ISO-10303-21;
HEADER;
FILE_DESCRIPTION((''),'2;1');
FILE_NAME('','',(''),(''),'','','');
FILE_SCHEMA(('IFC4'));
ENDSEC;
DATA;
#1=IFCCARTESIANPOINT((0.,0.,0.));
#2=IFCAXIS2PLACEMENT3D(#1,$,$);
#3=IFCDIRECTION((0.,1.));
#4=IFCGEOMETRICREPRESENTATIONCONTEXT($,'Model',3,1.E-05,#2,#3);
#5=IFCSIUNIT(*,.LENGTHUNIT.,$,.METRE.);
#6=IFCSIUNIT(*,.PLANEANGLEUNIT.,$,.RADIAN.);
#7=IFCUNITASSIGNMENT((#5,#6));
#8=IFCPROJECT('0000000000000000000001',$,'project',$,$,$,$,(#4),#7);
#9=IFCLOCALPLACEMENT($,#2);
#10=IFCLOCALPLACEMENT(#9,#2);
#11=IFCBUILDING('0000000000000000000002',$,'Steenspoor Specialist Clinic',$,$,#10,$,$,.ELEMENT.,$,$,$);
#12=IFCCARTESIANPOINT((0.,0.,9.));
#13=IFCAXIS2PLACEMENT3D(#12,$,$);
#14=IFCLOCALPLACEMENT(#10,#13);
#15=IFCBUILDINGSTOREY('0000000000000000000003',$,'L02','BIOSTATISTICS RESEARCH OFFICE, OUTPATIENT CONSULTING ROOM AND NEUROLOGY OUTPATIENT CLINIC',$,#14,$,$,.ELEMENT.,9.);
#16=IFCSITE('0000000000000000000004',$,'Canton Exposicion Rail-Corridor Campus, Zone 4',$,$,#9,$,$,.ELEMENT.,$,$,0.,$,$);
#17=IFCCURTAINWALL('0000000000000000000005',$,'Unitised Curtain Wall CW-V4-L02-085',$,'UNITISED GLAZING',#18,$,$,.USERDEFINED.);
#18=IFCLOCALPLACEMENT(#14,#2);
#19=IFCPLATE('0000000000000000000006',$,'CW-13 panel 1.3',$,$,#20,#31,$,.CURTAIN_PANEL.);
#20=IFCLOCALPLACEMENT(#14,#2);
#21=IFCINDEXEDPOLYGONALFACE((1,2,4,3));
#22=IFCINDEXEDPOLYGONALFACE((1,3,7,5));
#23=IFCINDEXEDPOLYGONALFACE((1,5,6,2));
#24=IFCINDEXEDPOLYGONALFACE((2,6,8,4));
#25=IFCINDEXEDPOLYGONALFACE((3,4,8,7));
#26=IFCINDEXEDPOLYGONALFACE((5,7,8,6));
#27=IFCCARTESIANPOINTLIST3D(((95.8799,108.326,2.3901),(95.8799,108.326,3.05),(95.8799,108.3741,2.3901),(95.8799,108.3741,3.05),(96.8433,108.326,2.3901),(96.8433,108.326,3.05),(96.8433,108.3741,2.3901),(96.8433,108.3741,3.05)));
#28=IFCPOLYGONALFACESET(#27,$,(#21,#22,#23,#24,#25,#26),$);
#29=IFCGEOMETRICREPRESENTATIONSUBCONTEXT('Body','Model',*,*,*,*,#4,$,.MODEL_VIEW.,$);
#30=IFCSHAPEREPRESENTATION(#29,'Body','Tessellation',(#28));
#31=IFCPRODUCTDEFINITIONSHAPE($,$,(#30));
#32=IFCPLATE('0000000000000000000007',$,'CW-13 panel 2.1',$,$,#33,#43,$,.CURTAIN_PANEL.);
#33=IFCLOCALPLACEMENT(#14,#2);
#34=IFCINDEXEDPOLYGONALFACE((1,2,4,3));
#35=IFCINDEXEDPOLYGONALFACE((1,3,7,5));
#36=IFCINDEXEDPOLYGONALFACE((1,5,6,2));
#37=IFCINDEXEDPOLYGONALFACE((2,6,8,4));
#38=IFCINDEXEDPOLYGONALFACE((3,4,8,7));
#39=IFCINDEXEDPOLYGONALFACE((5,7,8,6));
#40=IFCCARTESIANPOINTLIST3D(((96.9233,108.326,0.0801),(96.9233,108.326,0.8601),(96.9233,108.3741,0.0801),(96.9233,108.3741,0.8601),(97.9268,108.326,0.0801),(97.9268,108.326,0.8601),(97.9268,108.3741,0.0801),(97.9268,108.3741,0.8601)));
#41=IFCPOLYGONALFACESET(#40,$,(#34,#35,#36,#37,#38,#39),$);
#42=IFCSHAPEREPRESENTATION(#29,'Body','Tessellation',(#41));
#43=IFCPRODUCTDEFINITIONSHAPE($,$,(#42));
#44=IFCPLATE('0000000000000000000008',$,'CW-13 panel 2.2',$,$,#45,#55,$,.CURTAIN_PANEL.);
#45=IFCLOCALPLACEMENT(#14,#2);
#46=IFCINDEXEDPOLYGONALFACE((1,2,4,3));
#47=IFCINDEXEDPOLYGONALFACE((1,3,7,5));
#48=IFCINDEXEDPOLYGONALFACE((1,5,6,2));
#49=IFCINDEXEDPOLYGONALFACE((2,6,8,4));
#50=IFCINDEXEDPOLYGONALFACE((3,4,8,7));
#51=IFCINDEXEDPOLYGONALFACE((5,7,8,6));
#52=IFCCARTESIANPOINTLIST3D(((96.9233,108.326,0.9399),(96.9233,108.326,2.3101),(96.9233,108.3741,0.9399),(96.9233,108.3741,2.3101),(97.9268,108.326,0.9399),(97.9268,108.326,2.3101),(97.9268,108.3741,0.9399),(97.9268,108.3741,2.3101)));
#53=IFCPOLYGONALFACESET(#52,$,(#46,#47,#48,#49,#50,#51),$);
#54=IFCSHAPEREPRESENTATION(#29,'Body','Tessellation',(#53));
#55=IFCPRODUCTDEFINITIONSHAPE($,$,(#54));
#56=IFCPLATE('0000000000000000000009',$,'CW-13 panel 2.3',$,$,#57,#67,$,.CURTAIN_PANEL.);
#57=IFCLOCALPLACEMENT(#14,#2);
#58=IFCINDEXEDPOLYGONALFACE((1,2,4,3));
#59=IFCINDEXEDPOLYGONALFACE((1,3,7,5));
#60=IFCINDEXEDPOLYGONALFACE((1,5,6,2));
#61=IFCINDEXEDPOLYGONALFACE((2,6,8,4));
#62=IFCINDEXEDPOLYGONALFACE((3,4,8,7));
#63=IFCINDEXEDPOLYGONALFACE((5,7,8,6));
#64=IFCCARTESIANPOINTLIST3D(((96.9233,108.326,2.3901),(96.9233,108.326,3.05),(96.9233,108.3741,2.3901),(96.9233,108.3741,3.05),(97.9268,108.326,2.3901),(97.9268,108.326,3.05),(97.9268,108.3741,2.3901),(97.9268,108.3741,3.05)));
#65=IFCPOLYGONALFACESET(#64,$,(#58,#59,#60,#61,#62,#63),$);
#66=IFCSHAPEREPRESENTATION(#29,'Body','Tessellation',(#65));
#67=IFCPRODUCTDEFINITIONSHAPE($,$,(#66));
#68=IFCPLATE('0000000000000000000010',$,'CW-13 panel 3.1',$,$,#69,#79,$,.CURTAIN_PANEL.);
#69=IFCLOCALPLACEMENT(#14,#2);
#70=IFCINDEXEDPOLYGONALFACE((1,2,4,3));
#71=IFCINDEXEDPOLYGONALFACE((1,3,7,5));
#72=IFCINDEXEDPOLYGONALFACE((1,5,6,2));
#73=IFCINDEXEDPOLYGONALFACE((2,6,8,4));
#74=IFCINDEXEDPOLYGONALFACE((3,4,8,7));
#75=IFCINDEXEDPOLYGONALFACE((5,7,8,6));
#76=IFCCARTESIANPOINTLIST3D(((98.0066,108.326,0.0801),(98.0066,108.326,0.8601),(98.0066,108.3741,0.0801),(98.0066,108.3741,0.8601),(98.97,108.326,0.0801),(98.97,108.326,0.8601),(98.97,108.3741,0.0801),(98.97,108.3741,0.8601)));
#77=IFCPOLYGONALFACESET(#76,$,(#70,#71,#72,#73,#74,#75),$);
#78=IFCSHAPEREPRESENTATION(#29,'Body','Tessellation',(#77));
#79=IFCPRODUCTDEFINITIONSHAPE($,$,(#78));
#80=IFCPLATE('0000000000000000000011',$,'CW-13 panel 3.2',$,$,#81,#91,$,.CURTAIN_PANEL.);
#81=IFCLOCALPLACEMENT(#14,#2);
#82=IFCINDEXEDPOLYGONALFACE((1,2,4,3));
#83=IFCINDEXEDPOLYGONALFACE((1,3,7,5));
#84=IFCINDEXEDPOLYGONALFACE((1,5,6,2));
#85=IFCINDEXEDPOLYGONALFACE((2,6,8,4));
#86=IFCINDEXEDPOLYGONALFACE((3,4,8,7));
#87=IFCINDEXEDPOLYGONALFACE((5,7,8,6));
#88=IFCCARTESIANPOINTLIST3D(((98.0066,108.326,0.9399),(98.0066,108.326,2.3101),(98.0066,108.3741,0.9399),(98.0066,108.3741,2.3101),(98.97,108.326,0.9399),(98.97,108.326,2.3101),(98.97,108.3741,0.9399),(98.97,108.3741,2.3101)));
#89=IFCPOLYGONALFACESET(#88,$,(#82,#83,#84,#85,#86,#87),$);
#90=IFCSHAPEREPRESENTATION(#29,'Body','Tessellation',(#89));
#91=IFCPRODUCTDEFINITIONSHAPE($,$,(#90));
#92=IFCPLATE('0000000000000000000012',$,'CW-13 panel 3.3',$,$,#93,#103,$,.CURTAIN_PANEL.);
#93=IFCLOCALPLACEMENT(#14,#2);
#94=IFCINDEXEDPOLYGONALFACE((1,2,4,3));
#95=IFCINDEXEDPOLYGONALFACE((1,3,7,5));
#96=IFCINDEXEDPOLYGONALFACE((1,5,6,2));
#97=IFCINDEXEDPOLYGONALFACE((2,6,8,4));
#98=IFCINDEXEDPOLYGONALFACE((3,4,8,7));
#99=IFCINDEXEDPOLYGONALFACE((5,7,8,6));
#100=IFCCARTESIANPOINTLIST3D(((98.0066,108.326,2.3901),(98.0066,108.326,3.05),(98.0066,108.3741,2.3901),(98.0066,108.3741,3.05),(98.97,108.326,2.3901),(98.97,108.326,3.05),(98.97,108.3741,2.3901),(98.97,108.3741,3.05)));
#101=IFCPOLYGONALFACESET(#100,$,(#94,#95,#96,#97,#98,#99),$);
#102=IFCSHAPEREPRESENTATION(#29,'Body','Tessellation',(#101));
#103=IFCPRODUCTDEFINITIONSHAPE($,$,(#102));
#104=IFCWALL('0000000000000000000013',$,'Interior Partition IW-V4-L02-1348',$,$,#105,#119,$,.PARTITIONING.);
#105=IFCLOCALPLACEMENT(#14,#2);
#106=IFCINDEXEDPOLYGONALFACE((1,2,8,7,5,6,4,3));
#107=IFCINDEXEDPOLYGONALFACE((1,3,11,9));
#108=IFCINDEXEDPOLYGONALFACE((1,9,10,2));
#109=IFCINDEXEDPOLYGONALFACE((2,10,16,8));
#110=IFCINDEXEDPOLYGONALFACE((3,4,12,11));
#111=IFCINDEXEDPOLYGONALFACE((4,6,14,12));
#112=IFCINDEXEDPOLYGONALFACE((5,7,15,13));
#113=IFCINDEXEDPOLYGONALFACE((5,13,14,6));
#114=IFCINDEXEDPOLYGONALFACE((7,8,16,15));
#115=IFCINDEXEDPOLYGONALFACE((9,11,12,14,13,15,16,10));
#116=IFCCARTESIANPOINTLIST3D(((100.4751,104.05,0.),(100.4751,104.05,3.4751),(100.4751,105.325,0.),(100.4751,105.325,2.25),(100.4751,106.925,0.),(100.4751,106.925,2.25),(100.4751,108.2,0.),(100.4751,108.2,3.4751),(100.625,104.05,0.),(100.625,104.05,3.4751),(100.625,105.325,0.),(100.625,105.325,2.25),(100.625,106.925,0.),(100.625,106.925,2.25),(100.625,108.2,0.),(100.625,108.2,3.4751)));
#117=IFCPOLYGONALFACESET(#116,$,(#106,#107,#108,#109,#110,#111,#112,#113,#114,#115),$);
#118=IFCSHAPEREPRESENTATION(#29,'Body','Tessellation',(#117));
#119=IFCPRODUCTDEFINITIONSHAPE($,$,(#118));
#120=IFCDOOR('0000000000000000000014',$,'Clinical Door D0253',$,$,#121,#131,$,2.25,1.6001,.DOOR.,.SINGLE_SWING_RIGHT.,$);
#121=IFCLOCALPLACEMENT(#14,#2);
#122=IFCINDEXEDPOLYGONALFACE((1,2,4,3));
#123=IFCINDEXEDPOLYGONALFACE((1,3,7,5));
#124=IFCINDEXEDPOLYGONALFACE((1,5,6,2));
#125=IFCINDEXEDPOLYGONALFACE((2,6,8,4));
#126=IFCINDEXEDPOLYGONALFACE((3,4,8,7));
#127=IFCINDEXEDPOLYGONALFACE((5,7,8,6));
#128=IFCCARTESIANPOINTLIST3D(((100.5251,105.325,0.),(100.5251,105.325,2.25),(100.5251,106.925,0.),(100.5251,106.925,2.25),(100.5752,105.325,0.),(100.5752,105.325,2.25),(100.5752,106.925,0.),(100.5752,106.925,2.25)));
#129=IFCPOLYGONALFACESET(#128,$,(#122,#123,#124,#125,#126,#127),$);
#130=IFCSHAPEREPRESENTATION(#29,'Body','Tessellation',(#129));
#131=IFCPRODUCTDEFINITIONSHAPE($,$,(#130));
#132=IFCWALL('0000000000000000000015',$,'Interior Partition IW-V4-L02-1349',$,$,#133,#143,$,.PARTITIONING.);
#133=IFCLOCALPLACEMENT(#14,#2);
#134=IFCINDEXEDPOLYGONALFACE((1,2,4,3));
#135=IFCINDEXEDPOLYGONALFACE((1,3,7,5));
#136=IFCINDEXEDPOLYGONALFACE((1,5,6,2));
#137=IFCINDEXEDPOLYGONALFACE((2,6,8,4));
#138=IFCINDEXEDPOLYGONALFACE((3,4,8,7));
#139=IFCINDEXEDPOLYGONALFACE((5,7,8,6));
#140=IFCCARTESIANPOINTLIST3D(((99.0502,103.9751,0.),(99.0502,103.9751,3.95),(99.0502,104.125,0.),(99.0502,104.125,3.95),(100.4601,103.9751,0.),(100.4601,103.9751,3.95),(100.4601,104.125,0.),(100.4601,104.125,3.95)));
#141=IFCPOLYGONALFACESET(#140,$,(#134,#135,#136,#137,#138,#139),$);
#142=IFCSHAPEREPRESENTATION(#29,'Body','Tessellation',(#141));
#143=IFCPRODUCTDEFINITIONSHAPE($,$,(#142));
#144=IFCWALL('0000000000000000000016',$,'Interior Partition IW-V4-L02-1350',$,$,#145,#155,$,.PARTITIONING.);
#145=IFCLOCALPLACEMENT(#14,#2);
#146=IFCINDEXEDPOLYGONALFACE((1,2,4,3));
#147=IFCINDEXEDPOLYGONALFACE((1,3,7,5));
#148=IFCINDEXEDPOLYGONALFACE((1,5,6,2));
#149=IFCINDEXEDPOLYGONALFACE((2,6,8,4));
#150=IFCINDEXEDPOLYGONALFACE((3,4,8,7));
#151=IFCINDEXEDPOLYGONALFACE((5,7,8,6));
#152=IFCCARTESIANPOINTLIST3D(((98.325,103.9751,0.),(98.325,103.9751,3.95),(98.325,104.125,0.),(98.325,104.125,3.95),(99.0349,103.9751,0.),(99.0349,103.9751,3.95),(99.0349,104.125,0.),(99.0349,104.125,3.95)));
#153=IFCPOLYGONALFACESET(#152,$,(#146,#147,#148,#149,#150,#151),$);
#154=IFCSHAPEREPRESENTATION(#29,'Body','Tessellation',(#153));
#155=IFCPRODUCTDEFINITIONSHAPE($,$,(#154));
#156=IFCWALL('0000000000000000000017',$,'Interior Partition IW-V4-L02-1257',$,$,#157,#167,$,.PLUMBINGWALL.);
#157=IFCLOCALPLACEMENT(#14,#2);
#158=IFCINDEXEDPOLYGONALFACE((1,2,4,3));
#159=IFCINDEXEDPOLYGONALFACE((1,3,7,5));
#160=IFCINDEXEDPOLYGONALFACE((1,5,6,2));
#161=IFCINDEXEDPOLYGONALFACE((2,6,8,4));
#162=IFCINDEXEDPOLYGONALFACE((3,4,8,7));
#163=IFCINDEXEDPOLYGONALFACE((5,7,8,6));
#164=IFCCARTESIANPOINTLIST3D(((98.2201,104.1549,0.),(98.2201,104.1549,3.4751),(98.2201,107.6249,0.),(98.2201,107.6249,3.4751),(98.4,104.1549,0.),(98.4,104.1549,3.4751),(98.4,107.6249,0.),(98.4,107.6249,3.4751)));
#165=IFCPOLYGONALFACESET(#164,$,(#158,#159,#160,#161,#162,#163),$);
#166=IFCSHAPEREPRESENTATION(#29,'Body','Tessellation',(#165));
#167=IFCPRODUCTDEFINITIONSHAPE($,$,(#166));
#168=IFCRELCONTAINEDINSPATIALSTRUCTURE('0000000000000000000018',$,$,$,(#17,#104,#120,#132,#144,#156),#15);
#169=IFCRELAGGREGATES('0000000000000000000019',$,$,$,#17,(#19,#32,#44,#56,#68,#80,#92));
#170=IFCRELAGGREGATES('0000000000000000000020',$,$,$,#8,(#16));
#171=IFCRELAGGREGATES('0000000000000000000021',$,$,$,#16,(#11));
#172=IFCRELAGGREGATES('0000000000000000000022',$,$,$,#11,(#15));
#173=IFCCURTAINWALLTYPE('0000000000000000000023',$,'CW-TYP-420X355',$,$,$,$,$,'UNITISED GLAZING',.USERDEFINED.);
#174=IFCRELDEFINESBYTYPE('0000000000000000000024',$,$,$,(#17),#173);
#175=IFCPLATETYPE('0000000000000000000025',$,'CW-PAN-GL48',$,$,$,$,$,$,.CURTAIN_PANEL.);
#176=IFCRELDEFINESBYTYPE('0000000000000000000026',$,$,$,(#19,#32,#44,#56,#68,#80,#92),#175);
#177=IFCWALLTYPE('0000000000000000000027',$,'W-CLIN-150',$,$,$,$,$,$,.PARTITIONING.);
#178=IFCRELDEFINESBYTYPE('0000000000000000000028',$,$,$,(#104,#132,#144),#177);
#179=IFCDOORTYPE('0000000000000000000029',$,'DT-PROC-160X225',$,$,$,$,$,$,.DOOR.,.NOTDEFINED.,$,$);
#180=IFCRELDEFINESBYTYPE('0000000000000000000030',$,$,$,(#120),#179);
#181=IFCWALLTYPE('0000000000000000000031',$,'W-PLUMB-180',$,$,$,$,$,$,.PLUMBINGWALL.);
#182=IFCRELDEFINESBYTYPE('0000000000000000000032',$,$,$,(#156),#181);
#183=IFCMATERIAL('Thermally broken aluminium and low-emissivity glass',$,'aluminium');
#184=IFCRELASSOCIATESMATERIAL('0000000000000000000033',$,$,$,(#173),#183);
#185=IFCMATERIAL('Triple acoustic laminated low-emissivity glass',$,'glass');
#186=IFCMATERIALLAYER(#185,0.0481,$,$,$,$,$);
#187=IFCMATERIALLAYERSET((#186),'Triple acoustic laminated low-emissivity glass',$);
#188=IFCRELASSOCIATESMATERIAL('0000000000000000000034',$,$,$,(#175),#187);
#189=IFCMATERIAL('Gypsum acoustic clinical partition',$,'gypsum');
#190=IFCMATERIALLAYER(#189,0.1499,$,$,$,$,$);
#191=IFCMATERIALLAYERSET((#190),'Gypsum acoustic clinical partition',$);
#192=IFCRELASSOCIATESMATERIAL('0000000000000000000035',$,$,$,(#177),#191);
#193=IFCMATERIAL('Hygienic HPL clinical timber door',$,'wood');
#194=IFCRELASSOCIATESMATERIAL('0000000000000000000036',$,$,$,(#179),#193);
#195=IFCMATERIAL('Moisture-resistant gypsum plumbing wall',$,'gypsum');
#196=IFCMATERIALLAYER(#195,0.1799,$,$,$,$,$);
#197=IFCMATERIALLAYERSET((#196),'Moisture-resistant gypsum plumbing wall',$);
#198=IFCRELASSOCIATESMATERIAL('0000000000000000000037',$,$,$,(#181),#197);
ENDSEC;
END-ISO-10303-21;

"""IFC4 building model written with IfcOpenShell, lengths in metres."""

from ifc_helpers import new_model, si_unit, direction, frame, frame_2d, origin, origin_2d, place, context, subcontext, project, spatial, rectangle, extrude, material, layer, layer_set, type_object, element, fill, aggregate, save


model = new_model("IFC4")

# Units and contexts
model_context = context("Model", 3, precision=1e-05, world=origin(), true_north=direction((0.0, 1.0)))
body_context = subcontext(model_context, "Body", "Model", "MODEL_VIEW")
ifc_project = project(units=[si_unit("LENGTHUNIT", "METRE"), si_unit("PLANEANGLEUNIT", "RADIAN")], contexts=[model_context])

# Site, building, storey
site_placement = place(None, origin())
site = spatial("IfcSite", under=ifc_project, at=site_placement, Name="Canton Exposicion Rail-Corridor Campus, Zone 4", CompositionType="ELEMENT", RefElevation=0.0)
building_placement = place(site_placement, origin())
building = spatial("IfcBuilding", under=site, at=building_placement, Name="Steenspoor Specialist Clinic", CompositionType="ELEMENT")
storey_placement = place(building_placement, frame((0.0, 0.0, 9.0)))
storey = spatial("IfcBuildingStorey", under=building, at=storey_placement, Name="L02", Description="BIOSTATISTICS RESEARCH OFFICE, OUTPATIENT CONSULTING ROOM AND NEUROLOGY OUTPATIENT CLINIC", CompositionType="ELEMENT", Elevation=9.0)

# Curtain wall, plates
ifc_material_1 = material(Name="Thermally broken aluminium and low-emissivity glass", Category="aluminium")
curtain_wall_type = type_object("IfcCurtainWallType", Name="CW-TYP-420X355", ElementType="UNITISED GLAZING", PredefinedType="USERDEFINED", material=ifc_material_1)
curtain_wall_placement = place(storey_placement, origin())
curtain_wall = element("IfcCurtainWall", 1, at=curtain_wall_placement, inside=storey, type_object=curtain_wall_type, Name="Unitised Curtain Wall CW-V4-L02-085", ObjectType="UNITISED GLAZING", PredefinedType="USERDEFINED")
ifc_material_2 = material(Name="Triple acoustic laminated low-emissivity glass", Category="glass")
ifc_layer_1 = layer(ifc_material_2, 0.0481)
ifc_layer_set_1 = layer_set([ifc_layer_1], Name="Triple acoustic laminated low-emissivity glass")
plate_type = type_object("IfcPlateType", Name="CW-PAN-GL48", PredefinedType="CURTAIN_PANEL", material=ifc_layer_set_1)
plate_1_placement = place(storey_placement, frame((96.3616, 108.3501, 2.3901), z_axis=(0.0, 0.0, 1.0), x_axis=(1.0, 0.0, 0.0)))
plate_1 = element("IfcPlate", 2, at=plate_1_placement, type_object=plate_type, Name="CW-13 panel 1.3", PredefinedType="CURTAIN_PANEL", context=body_context, shape_type="SweptSolid", body=[
    extrude(rectangle(XDim=0.9634, YDim=0.0481, at=origin_2d()), origin(), (0.0, 0.0, 1.0), 0.6599),
])
plate_2_placement = place(storey_placement, frame((97.425, 108.3501, 0.0801), z_axis=(0.0, 0.0, 1.0), x_axis=(1.0, 0.0, 0.0)))
plate_2 = element("IfcPlate", 3, at=plate_2_placement, type_object=plate_type, Name="CW-13 panel 2.1", PredefinedType="CURTAIN_PANEL", context=body_context, shape_type="SweptSolid", body=[
    extrude(rectangle(XDim=1.0034, YDim=0.0481, at=origin_2d()), origin(), (0.0, 0.0, 1.0), 0.78),
])
plate_3_placement = place(storey_placement, frame((97.425, 108.3501, 0.9399), z_axis=(0.0, 0.0, 1.0), x_axis=(1.0, 0.0, 0.0)))
plate_3 = element("IfcPlate", 4, at=plate_3_placement, type_object=plate_type, Name="CW-13 panel 2.2", PredefinedType="CURTAIN_PANEL", context=body_context, shape_type="SweptSolid", body=[
    extrude(rectangle(XDim=1.0034, YDim=0.0481, at=origin_2d()), origin(), (0.0, 0.0, 1.0), 1.3701),
])
plate_4_placement = place(storey_placement, frame((97.425, 108.3501, 2.3901), z_axis=(0.0, 0.0, 1.0), x_axis=(1.0, 0.0, 0.0)))
plate_4 = element("IfcPlate", 5, at=plate_4_placement, type_object=plate_type, Name="CW-13 panel 2.3", PredefinedType="CURTAIN_PANEL", context=body_context, shape_type="SweptSolid", body=[
    extrude(rectangle(XDim=1.0034, YDim=0.0481, at=origin_2d()), origin(), (0.0, 0.0, 1.0), 0.6599),
])
plate_5_placement = place(storey_placement, frame((98.4883, 108.3501, 0.0801), z_axis=(0.0, 0.0, 1.0), x_axis=(1.0, 0.0, 0.0)))
plate_5 = element("IfcPlate", 6, at=plate_5_placement, type_object=plate_type, Name="CW-13 panel 3.1", PredefinedType="CURTAIN_PANEL", context=body_context, shape_type="SweptSolid", body=[
    extrude(rectangle(XDim=0.9634, YDim=0.0481, at=origin_2d()), origin(), (0.0, 0.0, 1.0), 0.78),
])
plate_6_placement = place(storey_placement, frame((98.4883, 108.3501, 0.9399), z_axis=(0.0, 0.0, 1.0), x_axis=(1.0, 0.0, 0.0)))
plate_6 = element("IfcPlate", 7, at=plate_6_placement, type_object=plate_type, Name="CW-13 panel 3.2", PredefinedType="CURTAIN_PANEL", context=body_context, shape_type="SweptSolid", body=[
    extrude(rectangle(XDim=0.9634, YDim=0.0481, at=origin_2d()), origin(), (0.0, 0.0, 1.0), 1.3701),
])
plate_7_placement = place(storey_placement, frame((98.4883, 108.3501, 2.3901), z_axis=(0.0, 0.0, 1.0), x_axis=(1.0, 0.0, 0.0)))
plate_7 = element("IfcPlate", 8, at=plate_7_placement, type_object=plate_type, Name="CW-13 panel 3.3", PredefinedType="CURTAIN_PANEL", context=body_context, shape_type="SweptSolid", body=[
    extrude(rectangle(XDim=0.9634, YDim=0.0481, at=origin_2d()), origin(), (0.0, 0.0, 1.0), 0.6599),
])
aggregate(curtain_wall, [plate_1, plate_2, plate_3, plate_4, plate_5, plate_6, plate_7])

# Wall, opening, door
ifc_material_3 = material(Name="Gypsum acoustic clinical partition", Category="gypsum")
ifc_layer_2 = layer(ifc_material_3, 0.1499)
ifc_layer_set_2 = layer_set([ifc_layer_2], Name="Gypsum acoustic clinical partition")
wall_type_1 = type_object("IfcWallType", Name="W-CLIN-150", PredefinedType="PARTITIONING", material=ifc_layer_set_2)
wall_1_placement = place(storey_placement, frame((100.55, 104.05, 0.0), z_axis=(0.0, 0.0, 1.0), x_axis=(0.0, 1.0, 0.0)))
wall_1 = element("IfcWall", 9, at=wall_1_placement, inside=storey, type_object=wall_type_1, Name="Interior Partition IW-V4-L02-1348", PredefinedType="PARTITIONING", context=body_context, shape_type="SweptSolid", body=[
    extrude(rectangle(XDim=4.1499, YDim=0.1499, at=frame_2d((2.075, 0.0))), origin(), (0.0, 0.0, 1.0), 3.4751),
])
opening_1_placement = place(wall_1_placement, frame((1.2749, 0.0, 0.0)))
opening_1 = element("IfcOpeningElement", 10, at=opening_1_placement, cuts=wall_1, PredefinedType="OPENING", context=body_context, shape_type="SweptSolid", body=[
    extrude(rectangle(XDim=1.6001, YDim=2.25, at=frame_2d((0.8, 1.125))), frame((0.0, 0.085, 0.0), z_axis=(0.0, -1.0, 0.0), x_axis=(1.0, 0.0, 0.0)), (0.0, 0.0, 1.0), 0.1699),
])
ifc_material_4 = material(Name="Hygienic HPL clinical timber door", Category="wood")
door_type = type_object("IfcDoorType", Name="DT-PROC-160X225", OperationType="NOTDEFINED", PredefinedType="DOOR", material=ifc_material_4)
door_placement = place(opening_1_placement, origin())
door = element("IfcDoor", 11, at=door_placement, inside=storey, type_object=door_type, Name="Clinical Door D0253", OperationType="SINGLE_SWING_RIGHT", OverallHeight=2.25, OverallWidth=1.6001, PredefinedType="DOOR", context=body_context, shape_type="SweptSolid", body=[
    extrude(rectangle(XDim=1.6001, YDim=2.25, at=frame_2d((0.8, 1.125))), frame((0.0, 0.0249, 0.0), z_axis=(0.0, -1.0, 0.0), x_axis=(1.0, 0.0, 0.0)), (0.0, 0.0, 1.0), 0.05),
])
fill(opening_1, door)

# Walls
wall_2_placement = place(storey_placement, frame((99.05, 104.05, 0.0), z_axis=(0.0, 0.0, 1.0), x_axis=(1.0, 0.0, 0.0)))
element("IfcWall", 12, at=wall_2_placement, inside=storey, type_object=wall_type_1, Name="Interior Partition IW-V4-L02-1349", PredefinedType="PARTITIONING", context=body_context, shape_type="SweptSolid", body=[
    extrude(rectangle(XDim=1.4099, YDim=0.1499, at=frame_2d((0.7051, 0.0))), origin(), (0.0, 0.0, 1.0), 3.95),
])
wall_3_placement = place(storey_placement, frame((98.325, 104.05, 0.0), z_axis=(0.0, 0.0, 1.0), x_axis=(1.0, 0.0, 0.0)))
element("IfcWall", 13, at=wall_3_placement, inside=storey, type_object=wall_type_1, Name="Interior Partition IW-V4-L02-1350", PredefinedType="PARTITIONING", context=body_context, shape_type="SweptSolid", body=[
    extrude(rectangle(XDim=0.71, YDim=0.1499, at=frame_2d((0.355, 0.0))), origin(), (0.0, 0.0, 1.0), 3.95),
])
ifc_material_5 = material(Name="Moisture-resistant gypsum plumbing wall", Category="gypsum")
ifc_layer_3 = layer(ifc_material_5, 0.1799)
ifc_layer_set_3 = layer_set([ifc_layer_3], Name="Moisture-resistant gypsum plumbing wall")
wall_type_2 = type_object("IfcWallType", Name="W-PLUMB-180", PredefinedType="PLUMBINGWALL", material=ifc_layer_set_3)
wall_4_placement = place(storey_placement, frame((98.3101, 104.155, 0.0), z_axis=(0.0, 0.0, 1.0), x_axis=(0.0, 1.0, 0.0)))
element("IfcWall", 14, at=wall_4_placement, inside=storey, type_object=wall_type_2, Name="Interior Partition IW-V4-L02-1257", PredefinedType="PLUMBINGWALL", context=body_context, shape_type="SweptSolid", body=[
    extrude(rectangle(XDim=3.47, YDim=0.1799, at=frame_2d((1.7349, 0.0))), origin(), (0.0, 0.0, 1.0), 3.4751),
])

save(model, "model.ifc")
